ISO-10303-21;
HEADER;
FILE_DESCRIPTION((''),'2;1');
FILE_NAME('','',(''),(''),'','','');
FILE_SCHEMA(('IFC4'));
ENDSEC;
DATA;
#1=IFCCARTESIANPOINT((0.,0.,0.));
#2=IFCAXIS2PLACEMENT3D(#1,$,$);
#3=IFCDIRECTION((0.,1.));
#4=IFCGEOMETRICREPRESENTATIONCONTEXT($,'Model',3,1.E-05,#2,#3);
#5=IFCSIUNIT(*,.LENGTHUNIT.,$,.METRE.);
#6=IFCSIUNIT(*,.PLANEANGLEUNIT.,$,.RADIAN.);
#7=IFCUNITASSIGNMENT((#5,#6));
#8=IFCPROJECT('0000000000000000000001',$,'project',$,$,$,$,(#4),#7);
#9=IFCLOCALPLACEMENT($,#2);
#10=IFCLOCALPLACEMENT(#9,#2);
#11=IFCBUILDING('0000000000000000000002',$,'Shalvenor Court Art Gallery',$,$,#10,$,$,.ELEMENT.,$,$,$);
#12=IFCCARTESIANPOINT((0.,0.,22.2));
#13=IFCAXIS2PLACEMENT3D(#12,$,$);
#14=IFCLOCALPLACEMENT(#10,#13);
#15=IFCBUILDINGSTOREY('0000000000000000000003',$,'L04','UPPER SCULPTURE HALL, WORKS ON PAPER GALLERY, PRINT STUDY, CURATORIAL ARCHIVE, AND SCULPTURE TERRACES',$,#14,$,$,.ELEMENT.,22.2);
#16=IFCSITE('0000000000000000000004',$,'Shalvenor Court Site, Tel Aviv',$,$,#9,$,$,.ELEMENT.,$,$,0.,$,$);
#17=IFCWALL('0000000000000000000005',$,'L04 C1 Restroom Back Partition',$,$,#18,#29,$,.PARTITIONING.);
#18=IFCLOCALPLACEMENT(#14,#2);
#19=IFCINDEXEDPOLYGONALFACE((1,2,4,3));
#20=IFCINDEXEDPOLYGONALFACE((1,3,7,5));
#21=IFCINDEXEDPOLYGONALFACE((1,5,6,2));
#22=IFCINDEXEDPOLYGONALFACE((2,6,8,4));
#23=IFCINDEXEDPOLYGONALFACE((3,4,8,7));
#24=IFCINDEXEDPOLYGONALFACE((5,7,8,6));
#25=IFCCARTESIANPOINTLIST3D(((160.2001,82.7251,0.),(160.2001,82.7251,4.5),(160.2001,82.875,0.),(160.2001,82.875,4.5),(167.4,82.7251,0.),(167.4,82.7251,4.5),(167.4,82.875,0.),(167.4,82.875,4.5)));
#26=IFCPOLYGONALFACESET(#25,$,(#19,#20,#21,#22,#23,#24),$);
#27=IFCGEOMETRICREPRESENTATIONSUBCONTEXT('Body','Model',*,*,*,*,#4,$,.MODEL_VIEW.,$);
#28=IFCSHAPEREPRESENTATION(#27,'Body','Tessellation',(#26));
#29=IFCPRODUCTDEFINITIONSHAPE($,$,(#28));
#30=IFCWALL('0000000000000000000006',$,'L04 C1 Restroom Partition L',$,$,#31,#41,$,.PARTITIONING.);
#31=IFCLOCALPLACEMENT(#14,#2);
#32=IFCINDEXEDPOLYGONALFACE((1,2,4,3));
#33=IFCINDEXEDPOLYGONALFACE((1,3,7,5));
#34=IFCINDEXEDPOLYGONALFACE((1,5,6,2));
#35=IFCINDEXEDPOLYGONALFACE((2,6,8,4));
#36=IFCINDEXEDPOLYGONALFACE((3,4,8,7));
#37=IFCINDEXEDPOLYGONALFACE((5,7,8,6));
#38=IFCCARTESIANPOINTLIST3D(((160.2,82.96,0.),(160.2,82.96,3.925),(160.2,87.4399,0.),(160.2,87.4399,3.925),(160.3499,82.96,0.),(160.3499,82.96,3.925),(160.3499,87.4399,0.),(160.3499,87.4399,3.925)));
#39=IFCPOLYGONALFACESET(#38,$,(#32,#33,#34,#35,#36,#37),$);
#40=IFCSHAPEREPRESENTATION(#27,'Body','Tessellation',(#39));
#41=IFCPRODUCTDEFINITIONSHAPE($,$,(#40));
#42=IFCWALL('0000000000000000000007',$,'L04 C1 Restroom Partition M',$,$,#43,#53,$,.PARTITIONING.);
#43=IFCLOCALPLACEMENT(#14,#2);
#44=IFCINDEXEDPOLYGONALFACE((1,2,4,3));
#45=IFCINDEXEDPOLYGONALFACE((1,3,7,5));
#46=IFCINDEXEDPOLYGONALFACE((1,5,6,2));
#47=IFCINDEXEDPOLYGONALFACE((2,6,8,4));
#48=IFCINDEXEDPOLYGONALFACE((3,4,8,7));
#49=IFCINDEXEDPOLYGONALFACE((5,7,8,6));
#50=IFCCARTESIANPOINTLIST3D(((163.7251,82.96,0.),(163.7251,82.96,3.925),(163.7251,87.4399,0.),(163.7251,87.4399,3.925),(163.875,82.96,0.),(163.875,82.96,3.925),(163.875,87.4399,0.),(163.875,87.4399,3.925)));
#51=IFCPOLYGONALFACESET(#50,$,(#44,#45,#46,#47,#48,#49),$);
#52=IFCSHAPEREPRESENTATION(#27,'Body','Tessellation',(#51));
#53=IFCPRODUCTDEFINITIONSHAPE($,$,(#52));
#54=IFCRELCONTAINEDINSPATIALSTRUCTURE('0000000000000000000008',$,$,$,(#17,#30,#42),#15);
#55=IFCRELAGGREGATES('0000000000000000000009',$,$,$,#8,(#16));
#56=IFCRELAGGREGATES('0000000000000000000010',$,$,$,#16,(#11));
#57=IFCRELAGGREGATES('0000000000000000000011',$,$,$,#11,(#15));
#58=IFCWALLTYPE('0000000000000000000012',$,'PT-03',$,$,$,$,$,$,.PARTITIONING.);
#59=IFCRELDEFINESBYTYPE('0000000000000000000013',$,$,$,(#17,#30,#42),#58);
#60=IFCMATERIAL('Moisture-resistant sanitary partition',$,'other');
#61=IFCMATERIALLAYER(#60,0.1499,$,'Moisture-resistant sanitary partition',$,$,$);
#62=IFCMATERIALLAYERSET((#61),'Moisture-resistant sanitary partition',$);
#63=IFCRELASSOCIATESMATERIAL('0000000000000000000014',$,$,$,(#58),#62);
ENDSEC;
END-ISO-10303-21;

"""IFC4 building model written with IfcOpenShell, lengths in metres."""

from ifc_helpers import new_model, si_unit, direction, frame, frame_2d, origin, place, context, subcontext, project, spatial, rectangle, extrude, material, layer, layer_set, type_object, element, save


model = new_model("IFC4")

# Units and contexts
model_context = context("Model", 3, precision=1e-05, world=origin(), true_north=direction((0.0, 1.0)))
body_context = subcontext(model_context, "Body", "Model", "MODEL_VIEW")
ifc_project = project(units=[si_unit("LENGTHUNIT", "METRE"), si_unit("PLANEANGLEUNIT", "RADIAN")], contexts=[model_context])

# Site, building, storey
site_placement = place(None, origin())
site = spatial("IfcSite", under=ifc_project, at=site_placement, Name="Shalvenor Court Site, Tel Aviv", CompositionType="ELEMENT", RefElevation=0.0)
building_placement = place(site_placement, origin())
building = spatial("IfcBuilding", under=site, at=building_placement, Name="Shalvenor Court Art Gallery", CompositionType="ELEMENT")
storey_placement = place(building_placement, frame((0.0, 0.0, 22.2)))
storey = spatial("IfcBuildingStorey", under=building, at=storey_placement, Name="L04", Description="UPPER SCULPTURE HALL, WORKS ON PAPER GALLERY, PRINT STUDY, CURATORIAL ARCHIVE, AND SCULPTURE TERRACES", CompositionType="ELEMENT", Elevation=22.2)

# Walls
ifc_material_1 = material(Name="Moisture-resistant sanitary partition", Category="other")
ifc_layer_1 = layer(ifc_material_1, 0.1499, Name="Moisture-resistant sanitary partition")
ifc_layer_set_1 = layer_set([ifc_layer_1], Name="Moisture-resistant sanitary partition")
wall_type_1 = type_object("IfcWallType", Name="PT-03", PredefinedType="PARTITIONING", material=ifc_layer_set_1)
wall_1_placement = place(storey_placement, frame((160.2, 82.8, 0.0), z_axis=(0.0, 0.0, 1.0), x_axis=(1.0, 0.0, 0.0)))
element("IfcWall", 1, at=wall_1_placement, inside=storey, type_object=wall_type_1, Name="L04 C1 Restroom Back Partition", PredefinedType="PARTITIONING", context=body_context, shape_type="SweptSolid", body=[
    extrude(rectangle(XDim=7.2, YDim=0.1499, at=frame_2d((3.6001, 0.0))), origin(), (0.0, 0.0, 1.0), 4.5),
])
for number, where, z_axis, x_axis, name in (
    (2, (160.2749, 82.96, 0.0), (0.0, 0.0, 1.0), (0.0, 1.0, 0.0), "L04 C1 Restroom Partition L"),
    (3, (163.8, 82.96, 0.0), (0.0, 0.0, 1.0), (0.0, 1.0, 0.0), "L04 C1 Restroom Partition M"),
):
    element("IfcWall", number, at=place(storey_placement, frame(where, z_axis=z_axis, x_axis=x_axis)), inside=storey, type_object=wall_type_1, Name=name, PredefinedType="PARTITIONING", context=body_context, shape_type="SweptSolid", body=[
        extrude(rectangle(XDim=4.48, YDim=0.1499, at=frame_2d((2.24, 0.0))), origin(), (0.0, 0.0, 1.0), 3.925),
    ])

save(model, "model.ifc")
